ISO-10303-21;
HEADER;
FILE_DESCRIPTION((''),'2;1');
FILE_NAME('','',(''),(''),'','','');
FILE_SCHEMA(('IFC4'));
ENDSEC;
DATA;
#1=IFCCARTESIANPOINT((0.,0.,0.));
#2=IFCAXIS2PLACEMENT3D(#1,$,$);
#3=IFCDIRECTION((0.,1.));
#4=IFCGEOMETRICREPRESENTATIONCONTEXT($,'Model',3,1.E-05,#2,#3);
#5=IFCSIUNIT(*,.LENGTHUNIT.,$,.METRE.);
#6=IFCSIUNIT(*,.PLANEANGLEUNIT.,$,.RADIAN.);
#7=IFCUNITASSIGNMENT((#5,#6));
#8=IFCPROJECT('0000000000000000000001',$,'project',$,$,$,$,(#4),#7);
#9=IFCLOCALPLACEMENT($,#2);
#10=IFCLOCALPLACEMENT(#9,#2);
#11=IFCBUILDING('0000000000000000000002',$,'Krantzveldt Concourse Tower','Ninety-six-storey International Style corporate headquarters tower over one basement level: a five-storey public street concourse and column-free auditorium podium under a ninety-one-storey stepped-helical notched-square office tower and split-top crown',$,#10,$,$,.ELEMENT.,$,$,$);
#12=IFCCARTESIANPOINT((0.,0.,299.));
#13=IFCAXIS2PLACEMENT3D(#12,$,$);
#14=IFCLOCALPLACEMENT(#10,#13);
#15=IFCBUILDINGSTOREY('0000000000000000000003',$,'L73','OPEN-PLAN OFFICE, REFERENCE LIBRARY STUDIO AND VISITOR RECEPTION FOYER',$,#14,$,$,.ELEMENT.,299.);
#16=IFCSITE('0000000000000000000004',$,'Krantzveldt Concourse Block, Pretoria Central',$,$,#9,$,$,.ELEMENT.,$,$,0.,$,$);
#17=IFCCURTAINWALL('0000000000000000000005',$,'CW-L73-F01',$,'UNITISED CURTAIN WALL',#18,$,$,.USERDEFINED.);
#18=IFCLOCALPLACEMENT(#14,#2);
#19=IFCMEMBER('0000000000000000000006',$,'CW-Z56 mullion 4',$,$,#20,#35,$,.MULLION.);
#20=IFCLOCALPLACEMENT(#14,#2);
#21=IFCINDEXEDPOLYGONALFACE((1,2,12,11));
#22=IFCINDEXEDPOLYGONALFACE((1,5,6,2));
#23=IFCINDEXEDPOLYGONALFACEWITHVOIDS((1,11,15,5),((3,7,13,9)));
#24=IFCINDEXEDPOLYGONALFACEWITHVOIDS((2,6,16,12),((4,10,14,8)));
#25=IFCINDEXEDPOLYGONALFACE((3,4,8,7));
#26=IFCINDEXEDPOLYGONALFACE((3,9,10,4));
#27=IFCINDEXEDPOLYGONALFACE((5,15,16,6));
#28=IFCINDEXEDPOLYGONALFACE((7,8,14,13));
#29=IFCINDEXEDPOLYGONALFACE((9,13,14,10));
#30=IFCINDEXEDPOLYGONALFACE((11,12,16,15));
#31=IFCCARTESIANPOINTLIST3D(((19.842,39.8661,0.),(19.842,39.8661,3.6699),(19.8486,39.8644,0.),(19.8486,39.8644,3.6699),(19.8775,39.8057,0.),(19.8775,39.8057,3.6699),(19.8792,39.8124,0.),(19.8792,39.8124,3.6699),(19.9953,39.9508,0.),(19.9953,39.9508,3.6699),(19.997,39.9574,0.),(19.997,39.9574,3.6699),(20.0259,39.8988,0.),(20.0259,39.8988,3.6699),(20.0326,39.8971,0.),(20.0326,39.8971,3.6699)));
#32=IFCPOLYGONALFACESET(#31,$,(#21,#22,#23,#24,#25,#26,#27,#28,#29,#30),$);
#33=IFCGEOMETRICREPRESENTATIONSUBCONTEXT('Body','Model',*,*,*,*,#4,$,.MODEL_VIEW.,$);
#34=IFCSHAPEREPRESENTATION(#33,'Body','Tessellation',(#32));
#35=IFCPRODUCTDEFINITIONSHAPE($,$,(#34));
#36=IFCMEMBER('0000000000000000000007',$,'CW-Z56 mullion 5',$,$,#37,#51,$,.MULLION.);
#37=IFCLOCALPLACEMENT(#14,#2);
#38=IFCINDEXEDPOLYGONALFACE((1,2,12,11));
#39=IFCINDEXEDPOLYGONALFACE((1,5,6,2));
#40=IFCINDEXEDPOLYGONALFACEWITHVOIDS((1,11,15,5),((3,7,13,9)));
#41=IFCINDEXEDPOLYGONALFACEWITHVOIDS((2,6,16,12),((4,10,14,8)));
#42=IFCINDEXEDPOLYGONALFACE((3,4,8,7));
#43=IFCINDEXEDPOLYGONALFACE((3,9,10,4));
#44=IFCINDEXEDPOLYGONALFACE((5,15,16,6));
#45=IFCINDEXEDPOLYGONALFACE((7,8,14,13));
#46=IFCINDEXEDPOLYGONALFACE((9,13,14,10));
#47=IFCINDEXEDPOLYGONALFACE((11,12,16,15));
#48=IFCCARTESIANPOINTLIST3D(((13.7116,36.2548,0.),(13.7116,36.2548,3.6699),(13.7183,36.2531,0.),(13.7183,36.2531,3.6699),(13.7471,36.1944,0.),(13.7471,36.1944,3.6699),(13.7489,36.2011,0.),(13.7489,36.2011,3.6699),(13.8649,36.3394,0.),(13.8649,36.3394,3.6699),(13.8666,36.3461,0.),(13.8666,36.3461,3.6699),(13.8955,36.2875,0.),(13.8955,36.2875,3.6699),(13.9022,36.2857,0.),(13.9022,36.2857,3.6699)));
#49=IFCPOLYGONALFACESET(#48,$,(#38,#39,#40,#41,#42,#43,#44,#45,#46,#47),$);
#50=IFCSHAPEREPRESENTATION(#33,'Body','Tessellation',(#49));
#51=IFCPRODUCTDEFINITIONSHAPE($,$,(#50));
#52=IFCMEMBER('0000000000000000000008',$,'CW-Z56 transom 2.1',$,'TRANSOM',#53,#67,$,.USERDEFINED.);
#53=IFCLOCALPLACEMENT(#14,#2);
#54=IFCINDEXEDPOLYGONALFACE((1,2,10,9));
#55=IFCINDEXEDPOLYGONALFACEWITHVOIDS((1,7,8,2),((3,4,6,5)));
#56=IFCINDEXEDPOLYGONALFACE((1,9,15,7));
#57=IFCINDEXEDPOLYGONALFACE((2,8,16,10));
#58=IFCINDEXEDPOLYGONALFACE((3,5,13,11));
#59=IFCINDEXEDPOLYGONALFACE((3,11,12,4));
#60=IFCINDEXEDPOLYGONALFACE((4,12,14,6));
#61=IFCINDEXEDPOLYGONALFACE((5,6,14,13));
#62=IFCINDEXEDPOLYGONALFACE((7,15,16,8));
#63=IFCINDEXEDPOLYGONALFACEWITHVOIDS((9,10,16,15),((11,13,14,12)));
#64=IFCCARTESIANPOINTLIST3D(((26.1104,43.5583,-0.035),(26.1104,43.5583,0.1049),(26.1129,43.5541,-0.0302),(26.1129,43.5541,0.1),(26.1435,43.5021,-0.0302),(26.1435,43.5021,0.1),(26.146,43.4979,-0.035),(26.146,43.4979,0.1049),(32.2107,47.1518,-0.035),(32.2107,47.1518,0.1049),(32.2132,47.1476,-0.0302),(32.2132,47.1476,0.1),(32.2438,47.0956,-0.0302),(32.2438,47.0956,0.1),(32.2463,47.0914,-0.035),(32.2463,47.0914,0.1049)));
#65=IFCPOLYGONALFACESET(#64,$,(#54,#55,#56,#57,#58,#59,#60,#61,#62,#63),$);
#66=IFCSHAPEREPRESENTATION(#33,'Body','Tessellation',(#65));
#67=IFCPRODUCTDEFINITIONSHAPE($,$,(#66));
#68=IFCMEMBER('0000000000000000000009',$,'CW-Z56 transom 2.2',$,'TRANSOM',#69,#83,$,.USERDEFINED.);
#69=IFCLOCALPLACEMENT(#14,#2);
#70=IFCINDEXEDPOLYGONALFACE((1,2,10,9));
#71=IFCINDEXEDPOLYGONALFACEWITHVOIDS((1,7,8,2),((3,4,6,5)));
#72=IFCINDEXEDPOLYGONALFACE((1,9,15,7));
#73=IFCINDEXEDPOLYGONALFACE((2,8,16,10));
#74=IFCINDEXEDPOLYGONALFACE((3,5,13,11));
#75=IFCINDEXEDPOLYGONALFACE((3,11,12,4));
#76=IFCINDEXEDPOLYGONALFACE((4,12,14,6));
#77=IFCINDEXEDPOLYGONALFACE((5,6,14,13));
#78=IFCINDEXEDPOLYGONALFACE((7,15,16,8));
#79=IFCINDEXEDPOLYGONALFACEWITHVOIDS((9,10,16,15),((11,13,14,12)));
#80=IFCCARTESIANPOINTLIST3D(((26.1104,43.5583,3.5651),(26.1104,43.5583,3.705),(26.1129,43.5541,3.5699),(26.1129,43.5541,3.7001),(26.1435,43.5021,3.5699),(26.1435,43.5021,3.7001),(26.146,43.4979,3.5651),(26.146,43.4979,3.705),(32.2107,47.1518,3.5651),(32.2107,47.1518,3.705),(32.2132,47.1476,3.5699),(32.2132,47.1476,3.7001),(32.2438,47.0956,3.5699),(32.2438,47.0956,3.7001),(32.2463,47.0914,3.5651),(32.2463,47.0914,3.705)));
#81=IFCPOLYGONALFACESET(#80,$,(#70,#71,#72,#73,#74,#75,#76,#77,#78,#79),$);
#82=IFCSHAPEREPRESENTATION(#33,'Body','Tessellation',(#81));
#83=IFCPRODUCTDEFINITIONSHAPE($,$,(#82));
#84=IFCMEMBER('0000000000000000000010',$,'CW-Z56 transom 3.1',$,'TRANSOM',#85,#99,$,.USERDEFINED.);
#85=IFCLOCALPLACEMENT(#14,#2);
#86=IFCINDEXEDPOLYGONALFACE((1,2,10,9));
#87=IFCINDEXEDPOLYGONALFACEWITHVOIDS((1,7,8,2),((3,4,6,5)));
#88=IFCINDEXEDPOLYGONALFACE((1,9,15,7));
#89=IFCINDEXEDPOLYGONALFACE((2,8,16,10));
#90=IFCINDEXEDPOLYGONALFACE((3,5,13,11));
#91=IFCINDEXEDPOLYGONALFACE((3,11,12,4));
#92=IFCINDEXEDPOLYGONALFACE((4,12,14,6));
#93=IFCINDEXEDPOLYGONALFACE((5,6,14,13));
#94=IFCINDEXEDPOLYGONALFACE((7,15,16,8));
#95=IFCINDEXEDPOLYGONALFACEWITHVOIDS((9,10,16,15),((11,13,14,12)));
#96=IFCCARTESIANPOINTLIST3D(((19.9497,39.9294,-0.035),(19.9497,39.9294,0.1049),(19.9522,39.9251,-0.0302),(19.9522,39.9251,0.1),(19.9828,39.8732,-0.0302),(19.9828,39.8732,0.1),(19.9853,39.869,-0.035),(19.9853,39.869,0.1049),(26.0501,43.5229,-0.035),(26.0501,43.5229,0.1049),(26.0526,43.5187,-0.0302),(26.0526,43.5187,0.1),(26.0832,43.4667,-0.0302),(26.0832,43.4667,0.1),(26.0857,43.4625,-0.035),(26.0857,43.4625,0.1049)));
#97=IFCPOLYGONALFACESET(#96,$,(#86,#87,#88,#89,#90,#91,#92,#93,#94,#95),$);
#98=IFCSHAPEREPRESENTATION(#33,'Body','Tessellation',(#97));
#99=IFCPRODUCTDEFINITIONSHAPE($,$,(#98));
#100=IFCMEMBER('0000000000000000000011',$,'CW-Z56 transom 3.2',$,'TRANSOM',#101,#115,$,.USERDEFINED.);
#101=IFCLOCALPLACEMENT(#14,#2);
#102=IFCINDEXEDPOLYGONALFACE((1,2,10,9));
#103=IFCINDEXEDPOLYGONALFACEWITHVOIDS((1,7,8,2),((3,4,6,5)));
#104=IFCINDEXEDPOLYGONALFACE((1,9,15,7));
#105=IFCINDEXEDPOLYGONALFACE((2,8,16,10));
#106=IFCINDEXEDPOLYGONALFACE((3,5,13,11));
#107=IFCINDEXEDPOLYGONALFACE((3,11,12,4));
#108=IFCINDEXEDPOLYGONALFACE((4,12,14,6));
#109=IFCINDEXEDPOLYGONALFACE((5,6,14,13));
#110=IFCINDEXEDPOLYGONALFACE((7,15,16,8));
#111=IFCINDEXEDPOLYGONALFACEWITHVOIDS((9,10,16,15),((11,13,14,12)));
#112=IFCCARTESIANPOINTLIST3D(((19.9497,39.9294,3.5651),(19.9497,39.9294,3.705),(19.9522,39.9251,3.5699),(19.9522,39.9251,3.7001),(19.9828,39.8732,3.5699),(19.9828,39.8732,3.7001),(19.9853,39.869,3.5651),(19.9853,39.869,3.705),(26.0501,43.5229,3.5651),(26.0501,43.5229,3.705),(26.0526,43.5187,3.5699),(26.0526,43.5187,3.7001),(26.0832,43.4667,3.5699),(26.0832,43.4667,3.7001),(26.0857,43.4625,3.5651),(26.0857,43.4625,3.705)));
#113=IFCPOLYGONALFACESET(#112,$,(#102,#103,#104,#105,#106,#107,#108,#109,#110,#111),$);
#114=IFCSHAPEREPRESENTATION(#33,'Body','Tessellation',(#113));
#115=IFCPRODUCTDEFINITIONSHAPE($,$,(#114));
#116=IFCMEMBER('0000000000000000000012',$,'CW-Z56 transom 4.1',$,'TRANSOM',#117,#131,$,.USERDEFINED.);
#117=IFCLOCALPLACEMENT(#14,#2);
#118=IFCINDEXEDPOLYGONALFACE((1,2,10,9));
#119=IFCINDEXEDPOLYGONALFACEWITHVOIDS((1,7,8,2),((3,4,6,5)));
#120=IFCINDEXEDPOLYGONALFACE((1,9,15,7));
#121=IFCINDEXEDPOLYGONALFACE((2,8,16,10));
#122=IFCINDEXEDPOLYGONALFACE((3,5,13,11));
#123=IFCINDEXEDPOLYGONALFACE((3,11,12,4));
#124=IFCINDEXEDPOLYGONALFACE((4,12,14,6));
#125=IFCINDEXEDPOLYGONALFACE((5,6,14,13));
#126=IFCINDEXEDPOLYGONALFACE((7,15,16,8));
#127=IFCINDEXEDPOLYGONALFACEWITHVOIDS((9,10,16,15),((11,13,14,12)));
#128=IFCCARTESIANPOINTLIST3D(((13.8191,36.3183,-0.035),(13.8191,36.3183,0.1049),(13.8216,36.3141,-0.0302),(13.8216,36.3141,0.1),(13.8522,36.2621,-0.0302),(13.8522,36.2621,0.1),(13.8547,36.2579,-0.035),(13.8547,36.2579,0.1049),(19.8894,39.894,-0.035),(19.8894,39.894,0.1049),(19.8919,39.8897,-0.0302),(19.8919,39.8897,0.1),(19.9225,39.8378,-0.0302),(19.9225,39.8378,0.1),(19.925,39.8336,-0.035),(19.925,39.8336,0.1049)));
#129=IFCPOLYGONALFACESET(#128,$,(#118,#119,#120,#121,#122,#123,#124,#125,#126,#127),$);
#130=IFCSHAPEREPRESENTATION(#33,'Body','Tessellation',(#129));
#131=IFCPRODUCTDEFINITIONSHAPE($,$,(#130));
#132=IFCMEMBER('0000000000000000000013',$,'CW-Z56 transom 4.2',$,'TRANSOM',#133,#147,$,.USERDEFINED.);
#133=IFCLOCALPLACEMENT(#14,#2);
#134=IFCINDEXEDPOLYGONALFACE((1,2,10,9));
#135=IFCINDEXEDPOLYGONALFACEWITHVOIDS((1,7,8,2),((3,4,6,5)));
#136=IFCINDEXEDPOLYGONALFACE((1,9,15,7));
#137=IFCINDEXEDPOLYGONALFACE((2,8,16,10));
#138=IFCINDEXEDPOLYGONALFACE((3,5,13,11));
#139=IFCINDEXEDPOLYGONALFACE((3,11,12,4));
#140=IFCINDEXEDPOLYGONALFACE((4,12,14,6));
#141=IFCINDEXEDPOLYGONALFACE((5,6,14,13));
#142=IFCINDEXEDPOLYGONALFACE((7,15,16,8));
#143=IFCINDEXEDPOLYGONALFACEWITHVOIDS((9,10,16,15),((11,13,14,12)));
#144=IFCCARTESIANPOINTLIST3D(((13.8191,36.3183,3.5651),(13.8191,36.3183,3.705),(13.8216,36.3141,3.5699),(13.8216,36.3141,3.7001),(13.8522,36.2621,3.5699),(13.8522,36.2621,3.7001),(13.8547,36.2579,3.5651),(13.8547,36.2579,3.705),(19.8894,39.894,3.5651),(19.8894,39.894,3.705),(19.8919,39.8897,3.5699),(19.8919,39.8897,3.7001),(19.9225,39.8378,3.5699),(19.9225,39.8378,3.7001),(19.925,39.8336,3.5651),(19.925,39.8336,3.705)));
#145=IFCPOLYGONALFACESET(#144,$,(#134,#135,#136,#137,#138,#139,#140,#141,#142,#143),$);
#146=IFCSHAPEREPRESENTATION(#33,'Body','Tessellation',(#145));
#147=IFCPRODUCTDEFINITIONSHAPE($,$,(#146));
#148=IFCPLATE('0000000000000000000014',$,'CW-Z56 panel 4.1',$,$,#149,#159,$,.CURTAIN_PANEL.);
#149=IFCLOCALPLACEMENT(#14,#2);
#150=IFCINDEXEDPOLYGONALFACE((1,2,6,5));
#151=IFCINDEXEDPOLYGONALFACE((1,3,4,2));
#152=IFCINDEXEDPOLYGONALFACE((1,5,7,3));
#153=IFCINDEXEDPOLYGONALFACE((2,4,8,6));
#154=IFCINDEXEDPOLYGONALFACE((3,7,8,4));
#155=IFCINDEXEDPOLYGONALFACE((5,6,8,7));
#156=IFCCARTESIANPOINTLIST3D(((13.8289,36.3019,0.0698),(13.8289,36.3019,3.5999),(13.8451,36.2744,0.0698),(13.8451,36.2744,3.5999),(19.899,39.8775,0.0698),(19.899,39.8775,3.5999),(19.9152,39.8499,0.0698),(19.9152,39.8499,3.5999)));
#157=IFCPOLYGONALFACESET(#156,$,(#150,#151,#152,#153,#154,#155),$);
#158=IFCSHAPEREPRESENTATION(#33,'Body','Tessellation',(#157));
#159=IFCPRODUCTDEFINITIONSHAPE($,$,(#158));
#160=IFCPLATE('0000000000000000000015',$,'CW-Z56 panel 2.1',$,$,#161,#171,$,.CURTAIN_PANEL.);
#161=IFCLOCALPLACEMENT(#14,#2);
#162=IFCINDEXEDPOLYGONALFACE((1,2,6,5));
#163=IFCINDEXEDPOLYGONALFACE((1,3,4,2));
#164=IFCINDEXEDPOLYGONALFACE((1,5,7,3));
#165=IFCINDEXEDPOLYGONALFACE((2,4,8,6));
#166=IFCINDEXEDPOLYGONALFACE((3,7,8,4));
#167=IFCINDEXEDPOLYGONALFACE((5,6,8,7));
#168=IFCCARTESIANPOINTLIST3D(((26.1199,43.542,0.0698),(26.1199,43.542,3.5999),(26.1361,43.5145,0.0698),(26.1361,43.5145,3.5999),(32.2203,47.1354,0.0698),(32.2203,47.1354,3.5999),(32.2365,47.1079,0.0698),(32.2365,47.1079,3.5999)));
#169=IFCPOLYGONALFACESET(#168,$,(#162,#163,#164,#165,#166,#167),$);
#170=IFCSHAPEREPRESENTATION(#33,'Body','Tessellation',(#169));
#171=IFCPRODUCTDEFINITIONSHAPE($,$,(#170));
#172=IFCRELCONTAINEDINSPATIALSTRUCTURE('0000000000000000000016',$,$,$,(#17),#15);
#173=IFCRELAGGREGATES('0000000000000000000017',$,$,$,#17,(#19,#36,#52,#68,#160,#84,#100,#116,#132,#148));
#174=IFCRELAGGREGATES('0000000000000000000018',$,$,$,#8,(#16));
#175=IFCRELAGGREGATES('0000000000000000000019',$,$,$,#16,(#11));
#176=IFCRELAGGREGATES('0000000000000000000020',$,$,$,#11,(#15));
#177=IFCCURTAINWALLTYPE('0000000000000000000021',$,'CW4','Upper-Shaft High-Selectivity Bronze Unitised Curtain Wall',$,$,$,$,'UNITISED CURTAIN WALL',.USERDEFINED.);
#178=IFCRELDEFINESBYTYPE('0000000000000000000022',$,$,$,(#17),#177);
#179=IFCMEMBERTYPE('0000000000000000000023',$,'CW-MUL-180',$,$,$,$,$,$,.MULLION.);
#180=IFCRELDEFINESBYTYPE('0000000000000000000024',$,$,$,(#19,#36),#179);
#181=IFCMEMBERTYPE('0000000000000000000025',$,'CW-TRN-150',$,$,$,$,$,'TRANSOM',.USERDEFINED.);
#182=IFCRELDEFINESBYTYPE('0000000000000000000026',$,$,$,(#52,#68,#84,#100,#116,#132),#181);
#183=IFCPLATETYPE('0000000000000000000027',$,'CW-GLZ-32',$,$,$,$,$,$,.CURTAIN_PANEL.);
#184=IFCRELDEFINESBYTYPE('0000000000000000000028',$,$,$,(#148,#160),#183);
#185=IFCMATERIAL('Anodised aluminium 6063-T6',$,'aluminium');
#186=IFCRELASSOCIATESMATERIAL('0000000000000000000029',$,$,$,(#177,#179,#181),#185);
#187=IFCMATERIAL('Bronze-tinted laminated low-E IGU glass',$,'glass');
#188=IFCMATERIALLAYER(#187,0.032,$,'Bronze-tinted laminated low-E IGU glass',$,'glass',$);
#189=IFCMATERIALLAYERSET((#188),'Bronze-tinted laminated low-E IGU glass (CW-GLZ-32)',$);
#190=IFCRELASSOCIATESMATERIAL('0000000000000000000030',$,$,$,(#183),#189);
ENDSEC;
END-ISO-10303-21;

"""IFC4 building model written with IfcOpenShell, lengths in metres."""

from ifc_helpers import new_model, si_unit, direction, frame, origin, origin_2d, place, context, subcontext, project, spatial, rectangle, hollow_rectangle, extrude, source, transform, mapped, material, layer, layer_set, material_profile, profile_set, type_object, type_shapes, element, aggregate, save


model = new_model("IFC4")

# Units and contexts
model_context = context("Model", 3, precision=1e-05, world=origin(), true_north=direction((0.0, 1.0)))
body_context = subcontext(model_context, "Body", "Model", "MODEL_VIEW")
ifc_project = project(units=[si_unit("LENGTHUNIT", "METRE"), si_unit("PLANEANGLEUNIT", "RADIAN")], contexts=[model_context])

# Site, building, storey
site_placement = place(None, origin())
site = spatial("IfcSite", under=ifc_project, at=site_placement, Name="Krantzveldt Concourse Block, Pretoria Central", CompositionType="ELEMENT", RefElevation=0.0)
building_placement = place(site_placement, origin())
building = spatial("IfcBuilding", under=site, at=building_placement, Name="Krantzveldt Concourse Tower", Description="Ninety-six-storey International Style corporate headquarters tower over one basement level: a five-storey public street concourse and column-free auditorium podium under a ninety-one-storey stepped-helical notched-square office tower and split-top crown", CompositionType="ELEMENT")
storey_placement = place(building_placement, frame((0.0, 0.0, 299.0)))
storey = spatial("IfcBuildingStorey", under=building, at=storey_placement, Name="L73", Description="OPEN-PLAN OFFICE, REFERENCE LIBRARY STUDIO AND VISITOR RECEPTION FOYER", CompositionType="ELEMENT", Elevation=299.0)

# Curtain wall, members, plates
ifc_material_1 = material(Name="Anodised aluminium 6063-T6", Category="aluminium")
curtain_wall_type = type_object("IfcCurtainWallType", Name="CW4", Description="Upper-Shaft High-Selectivity Bronze Unitised Curtain Wall", ElementType="UNITISED CURTAIN WALL", PredefinedType="USERDEFINED", material=ifc_material_1)
curtain_wall_placement = place(storey_placement, origin())
curtain_wall = element("IfcCurtainWall", 1, at=curtain_wall_placement, inside=storey, type_object=curtain_wall_type, Name="CW-L73-F01", ObjectType="UNITISED CURTAIN WALL", PredefinedType="USERDEFINED")
ifc_material_profile_1 = material_profile(ifc_material_1, hollow_rectangle(XDim=0.0701, YDim=0.1799, WallThickness=0.0049, at=origin_2d()), Name="Anodised aluminium 6063-T6", Category="aluminium")
ifc_profile_set_1 = profile_set([ifc_material_profile_1], Name="Anodised aluminium 6063-T6 - ALU-MULL 180x70x5")
member_type_1 = type_object("IfcMemberType", Name="CW-MUL-180", PredefinedType="MULLION", material=ifc_profile_set_1)
shared_shape_1 = source(origin(), body_context, "Body", "SweptSolid", [
    extrude(hollow_rectangle(XDim=0.0701, YDim=0.1799, WallThickness=0.0049, at=origin_2d()), origin(), (0.0, 0.0, 1.0), 3.6699),
])
type_shapes(member_type_1, [shared_shape_1])
member_1_placement = place(storey_placement, frame((19.9373, 39.8816, 0.0), z_axis=(0.0, 0.0, 1.0), x_axis=(0.507538, -0.861629, 0.0)))
member_1 = element("IfcMember", 2, at=member_1_placement, type_object=member_type_1, Name="CW-Z56 mullion 4", PredefinedType="MULLION", context=body_context, shape_type="MappedRepresentation", body=[
    mapped(shared_shape_1, transform((0.0, 0.0, 0.0), x_axis=(1.0, 0.0, 0.0), y_axis=(0.0, 1.0, 0.0), z_axis=(0.0, 0.0, 1.0), scale=1.0)),
])
member_2_placement = place(storey_placement, frame((13.8069, 36.2703, 0.0), z_axis=(0.0, 0.0, 1.0), x_axis=(0.507538, -0.861629, 0.0)))
member_2 = element("IfcMember", 3, at=member_2_placement, type_object=member_type_1, Name="CW-Z56 mullion 5", PredefinedType="MULLION", context=body_context, shape_type="MappedRepresentation", body=[
    mapped(shared_shape_1, transform((0.0, 0.0, 0.0), x_axis=(1.0, 0.0, 0.0), y_axis=(0.0, 1.0, 0.0), z_axis=(0.0, 0.0, 1.0), scale=1.0)),
])
ifc_material_profile_2 = material_profile(ifc_material_1, hollow_rectangle(XDim=0.0701, YDim=0.1399, WallThickness=0.0049, at=origin_2d()), Name="Anodised aluminium 6063-T6", Category="aluminium")
ifc_profile_set_2 = profile_set([ifc_material_profile_2], Name="Anodised aluminium 6063-T6 - ALU-TRAN 140x70x5")
member_type_2 = type_object("IfcMemberType", Name="CW-TRN-150", ElementType="TRANSOM", PredefinedType="USERDEFINED", material=ifc_profile_set_2)
shared_shape_2 = source(origin(), body_context, "Body", "SweptSolid", [
    extrude(hollow_rectangle(XDim=0.0701, YDim=0.1399, WallThickness=0.0049, at=origin_2d()), origin(), (0.0, 0.0, 1.0), 7.0801),
])
member_3_placement = place(storey_placement, frame((32.2285, 47.1216, 0.0349), z_axis=(-0.861621, -0.507552, 0.0), x_axis=(0.507552, -0.861621, 0.0)))
member_3 = element("IfcMember", 4, at=member_3_placement, type_object=member_type_2, Name="CW-Z56 transom 2.1", ObjectType="TRANSOM", PredefinedType="USERDEFINED", context=body_context, shape_type="MappedRepresentation", body=[
    mapped(shared_shape_2, transform((0.0, 0.0, 0.0), x_axis=(1.0, 0.0, 0.0), y_axis=(0.0, 1.0, 0.0), z_axis=(0.0, 0.0, 1.0), scale=1.0)),
])
member_4_placement = place(storey_placement, frame((32.2285, 47.1216, 3.635), z_axis=(-0.861621, -0.507552, 0.0), x_axis=(0.507552, -0.861621, 0.0)))
member_4 = element("IfcMember", 5, at=member_4_placement, type_object=member_type_2, Name="CW-Z56 transom 2.2", ObjectType="TRANSOM", PredefinedType="USERDEFINED", context=body_context, shape_type="MappedRepresentation", body=[
    mapped(shared_shape_2, transform((0.0, 0.0, 0.0), x_axis=(1.0, 0.0, 0.0), y_axis=(0.0, 1.0, 0.0), z_axis=(0.0, 0.0, 1.0), scale=1.0)),
])
member_5_placement = place(storey_placement, frame((26.0679, 43.4927, 0.0349), z_axis=(-0.861621, -0.507552, 0.0), x_axis=(0.507552, -0.861621, 0.0)))
member_5 = element("IfcMember", 6, at=member_5_placement, type_object=member_type_2, Name="CW-Z56 transom 3.1", ObjectType="TRANSOM", PredefinedType="USERDEFINED", context=body_context, shape_type="MappedRepresentation", body=[
    mapped(shared_shape_2, transform((0.0, 0.0, 0.0), x_axis=(1.0, 0.0, 0.0), y_axis=(0.0, 1.0, 0.0), z_axis=(0.0, 0.0, 1.0), scale=1.0)),
])
member_6_placement = place(storey_placement, frame((26.0679, 43.4927, 3.635), z_axis=(-0.861621, -0.507552, 0.0), x_axis=(0.507552, -0.861621, 0.0)))
member_6 = element("IfcMember", 7, at=member_6_placement, type_object=member_type_2, Name="CW-Z56 transom 3.2", ObjectType="TRANSOM", PredefinedType="USERDEFINED", context=body_context, shape_type="MappedRepresentation", body=[
    mapped(shared_shape_2, transform((0.0, 0.0, 0.0), x_axis=(1.0, 0.0, 0.0), y_axis=(0.0, 1.0, 0.0), z_axis=(0.0, 0.0, 1.0), scale=1.0)),
])
shared_shape_3 = source(origin(), body_context, "Body", "SweptSolid", [
    extrude(hollow_rectangle(XDim=0.0701, YDim=0.1399, WallThickness=0.0049, at=origin_2d()), origin(), (0.0, 0.0, 1.0), 7.0452),
])
type_shapes(member_type_2, [shared_shape_2, shared_shape_3])
member_7_placement = place(storey_placement, frame((19.9072, 39.8638, 0.0349), z_axis=(-0.861629, -0.507538, 0.0), x_axis=(0.507538, -0.861629, 0.0)))
member_7 = element("IfcMember", 8, at=member_7_placement, type_object=member_type_2, Name="CW-Z56 transom 4.1", ObjectType="TRANSOM", PredefinedType="USERDEFINED", context=body_context, shape_type="MappedRepresentation", body=[
    mapped(shared_shape_3, transform((0.0, 0.0, 0.0), x_axis=(1.0, 0.0, 0.0), y_axis=(0.0, 1.0, 0.0), z_axis=(0.0, 0.0, 1.0), scale=1.0)),
])
member_8_placement = place(storey_placement, frame((19.9072, 39.8638, 3.635), z_axis=(-0.861629, -0.507538, 0.0), x_axis=(0.507538, -0.861629, 0.0)))
member_8 = element("IfcMember", 9, at=member_8_placement, type_object=member_type_2, Name="CW-Z56 transom 4.2", ObjectType="TRANSOM", PredefinedType="USERDEFINED", context=body_context, shape_type="MappedRepresentation", body=[
    mapped(shared_shape_3, transform((0.0, 0.0, 0.0), x_axis=(1.0, 0.0, 0.0), y_axis=(0.0, 1.0, 0.0), z_axis=(0.0, 0.0, 1.0), scale=1.0)),
])
ifc_material_2 = material(Name="Bronze-tinted laminated low-E IGU glass", Category="glass")
ifc_layer_1 = layer(ifc_material_2, 0.032, Name="Bronze-tinted laminated low-E IGU glass", Category="glass")
ifc_layer_set_1 = layer_set([ifc_layer_1], Name="Bronze-tinted laminated low-E IGU glass (CW-GLZ-32)")
plate_type = type_object("IfcPlateType", Name="CW-GLZ-32", PredefinedType="CURTAIN_PANEL", material=ifc_layer_set_1)
shared_shape_4 = source(origin(), body_context, "Body", "SweptSolid", [
    extrude(rectangle(XDim=7.0449, YDim=0.032, at=origin_2d()), origin(), (0.0, 0.0, 1.0), 3.53),
])
plate_1_placement = place(storey_placement, frame((16.8721, 38.0759, 0.0698), z_axis=(0.0, 0.0, 1.0), x_axis=(-0.861629, -0.507538, 0.0)))
plate_1 = element("IfcPlate", 10, at=plate_1_placement, type_object=plate_type, Name="CW-Z56 panel 4.1", PredefinedType="CURTAIN_PANEL", context=body_context, shape_type="MappedRepresentation", body=[
    mapped(shared_shape_4, transform((0.0, 0.0, 0.0), x_axis=(1.0, 0.0, 0.0), y_axis=(0.0, 1.0, 0.0), z_axis=(0.0, 0.0, 1.0), scale=1.0)),
])
shared_shape_5 = source(origin(), body_context, "Body", "SweptSolid", [
    extrude(rectangle(XDim=7.0801, YDim=0.032, at=origin_2d()), origin(), (0.0, 0.0, 1.0), 3.53),
])
type_shapes(plate_type, [shared_shape_4, shared_shape_5])
plate_2_placement = place(storey_placement, frame((29.1782, 45.325, 0.0698), z_axis=(0.0, 0.0, 1.0), x_axis=(-0.861629, -0.507538, 0.0)))
plate_2 = element("IfcPlate", 11, at=plate_2_placement, type_object=plate_type, Name="CW-Z56 panel 2.1", PredefinedType="CURTAIN_PANEL", context=body_context, shape_type="MappedRepresentation", body=[
    mapped(shared_shape_5, transform((0.0, 0.0, 0.0), x_axis=(1.0, 0.0, 0.0), y_axis=(0.0, 1.0, 0.0), z_axis=(0.0, 0.0, 1.0), scale=1.0)),
])
aggregate(curtain_wall, [member_1, member_2, member_3, member_4, plate_2, member_5, member_6, member_7, member_8, plate_1])

save(model, "model.ifc")
